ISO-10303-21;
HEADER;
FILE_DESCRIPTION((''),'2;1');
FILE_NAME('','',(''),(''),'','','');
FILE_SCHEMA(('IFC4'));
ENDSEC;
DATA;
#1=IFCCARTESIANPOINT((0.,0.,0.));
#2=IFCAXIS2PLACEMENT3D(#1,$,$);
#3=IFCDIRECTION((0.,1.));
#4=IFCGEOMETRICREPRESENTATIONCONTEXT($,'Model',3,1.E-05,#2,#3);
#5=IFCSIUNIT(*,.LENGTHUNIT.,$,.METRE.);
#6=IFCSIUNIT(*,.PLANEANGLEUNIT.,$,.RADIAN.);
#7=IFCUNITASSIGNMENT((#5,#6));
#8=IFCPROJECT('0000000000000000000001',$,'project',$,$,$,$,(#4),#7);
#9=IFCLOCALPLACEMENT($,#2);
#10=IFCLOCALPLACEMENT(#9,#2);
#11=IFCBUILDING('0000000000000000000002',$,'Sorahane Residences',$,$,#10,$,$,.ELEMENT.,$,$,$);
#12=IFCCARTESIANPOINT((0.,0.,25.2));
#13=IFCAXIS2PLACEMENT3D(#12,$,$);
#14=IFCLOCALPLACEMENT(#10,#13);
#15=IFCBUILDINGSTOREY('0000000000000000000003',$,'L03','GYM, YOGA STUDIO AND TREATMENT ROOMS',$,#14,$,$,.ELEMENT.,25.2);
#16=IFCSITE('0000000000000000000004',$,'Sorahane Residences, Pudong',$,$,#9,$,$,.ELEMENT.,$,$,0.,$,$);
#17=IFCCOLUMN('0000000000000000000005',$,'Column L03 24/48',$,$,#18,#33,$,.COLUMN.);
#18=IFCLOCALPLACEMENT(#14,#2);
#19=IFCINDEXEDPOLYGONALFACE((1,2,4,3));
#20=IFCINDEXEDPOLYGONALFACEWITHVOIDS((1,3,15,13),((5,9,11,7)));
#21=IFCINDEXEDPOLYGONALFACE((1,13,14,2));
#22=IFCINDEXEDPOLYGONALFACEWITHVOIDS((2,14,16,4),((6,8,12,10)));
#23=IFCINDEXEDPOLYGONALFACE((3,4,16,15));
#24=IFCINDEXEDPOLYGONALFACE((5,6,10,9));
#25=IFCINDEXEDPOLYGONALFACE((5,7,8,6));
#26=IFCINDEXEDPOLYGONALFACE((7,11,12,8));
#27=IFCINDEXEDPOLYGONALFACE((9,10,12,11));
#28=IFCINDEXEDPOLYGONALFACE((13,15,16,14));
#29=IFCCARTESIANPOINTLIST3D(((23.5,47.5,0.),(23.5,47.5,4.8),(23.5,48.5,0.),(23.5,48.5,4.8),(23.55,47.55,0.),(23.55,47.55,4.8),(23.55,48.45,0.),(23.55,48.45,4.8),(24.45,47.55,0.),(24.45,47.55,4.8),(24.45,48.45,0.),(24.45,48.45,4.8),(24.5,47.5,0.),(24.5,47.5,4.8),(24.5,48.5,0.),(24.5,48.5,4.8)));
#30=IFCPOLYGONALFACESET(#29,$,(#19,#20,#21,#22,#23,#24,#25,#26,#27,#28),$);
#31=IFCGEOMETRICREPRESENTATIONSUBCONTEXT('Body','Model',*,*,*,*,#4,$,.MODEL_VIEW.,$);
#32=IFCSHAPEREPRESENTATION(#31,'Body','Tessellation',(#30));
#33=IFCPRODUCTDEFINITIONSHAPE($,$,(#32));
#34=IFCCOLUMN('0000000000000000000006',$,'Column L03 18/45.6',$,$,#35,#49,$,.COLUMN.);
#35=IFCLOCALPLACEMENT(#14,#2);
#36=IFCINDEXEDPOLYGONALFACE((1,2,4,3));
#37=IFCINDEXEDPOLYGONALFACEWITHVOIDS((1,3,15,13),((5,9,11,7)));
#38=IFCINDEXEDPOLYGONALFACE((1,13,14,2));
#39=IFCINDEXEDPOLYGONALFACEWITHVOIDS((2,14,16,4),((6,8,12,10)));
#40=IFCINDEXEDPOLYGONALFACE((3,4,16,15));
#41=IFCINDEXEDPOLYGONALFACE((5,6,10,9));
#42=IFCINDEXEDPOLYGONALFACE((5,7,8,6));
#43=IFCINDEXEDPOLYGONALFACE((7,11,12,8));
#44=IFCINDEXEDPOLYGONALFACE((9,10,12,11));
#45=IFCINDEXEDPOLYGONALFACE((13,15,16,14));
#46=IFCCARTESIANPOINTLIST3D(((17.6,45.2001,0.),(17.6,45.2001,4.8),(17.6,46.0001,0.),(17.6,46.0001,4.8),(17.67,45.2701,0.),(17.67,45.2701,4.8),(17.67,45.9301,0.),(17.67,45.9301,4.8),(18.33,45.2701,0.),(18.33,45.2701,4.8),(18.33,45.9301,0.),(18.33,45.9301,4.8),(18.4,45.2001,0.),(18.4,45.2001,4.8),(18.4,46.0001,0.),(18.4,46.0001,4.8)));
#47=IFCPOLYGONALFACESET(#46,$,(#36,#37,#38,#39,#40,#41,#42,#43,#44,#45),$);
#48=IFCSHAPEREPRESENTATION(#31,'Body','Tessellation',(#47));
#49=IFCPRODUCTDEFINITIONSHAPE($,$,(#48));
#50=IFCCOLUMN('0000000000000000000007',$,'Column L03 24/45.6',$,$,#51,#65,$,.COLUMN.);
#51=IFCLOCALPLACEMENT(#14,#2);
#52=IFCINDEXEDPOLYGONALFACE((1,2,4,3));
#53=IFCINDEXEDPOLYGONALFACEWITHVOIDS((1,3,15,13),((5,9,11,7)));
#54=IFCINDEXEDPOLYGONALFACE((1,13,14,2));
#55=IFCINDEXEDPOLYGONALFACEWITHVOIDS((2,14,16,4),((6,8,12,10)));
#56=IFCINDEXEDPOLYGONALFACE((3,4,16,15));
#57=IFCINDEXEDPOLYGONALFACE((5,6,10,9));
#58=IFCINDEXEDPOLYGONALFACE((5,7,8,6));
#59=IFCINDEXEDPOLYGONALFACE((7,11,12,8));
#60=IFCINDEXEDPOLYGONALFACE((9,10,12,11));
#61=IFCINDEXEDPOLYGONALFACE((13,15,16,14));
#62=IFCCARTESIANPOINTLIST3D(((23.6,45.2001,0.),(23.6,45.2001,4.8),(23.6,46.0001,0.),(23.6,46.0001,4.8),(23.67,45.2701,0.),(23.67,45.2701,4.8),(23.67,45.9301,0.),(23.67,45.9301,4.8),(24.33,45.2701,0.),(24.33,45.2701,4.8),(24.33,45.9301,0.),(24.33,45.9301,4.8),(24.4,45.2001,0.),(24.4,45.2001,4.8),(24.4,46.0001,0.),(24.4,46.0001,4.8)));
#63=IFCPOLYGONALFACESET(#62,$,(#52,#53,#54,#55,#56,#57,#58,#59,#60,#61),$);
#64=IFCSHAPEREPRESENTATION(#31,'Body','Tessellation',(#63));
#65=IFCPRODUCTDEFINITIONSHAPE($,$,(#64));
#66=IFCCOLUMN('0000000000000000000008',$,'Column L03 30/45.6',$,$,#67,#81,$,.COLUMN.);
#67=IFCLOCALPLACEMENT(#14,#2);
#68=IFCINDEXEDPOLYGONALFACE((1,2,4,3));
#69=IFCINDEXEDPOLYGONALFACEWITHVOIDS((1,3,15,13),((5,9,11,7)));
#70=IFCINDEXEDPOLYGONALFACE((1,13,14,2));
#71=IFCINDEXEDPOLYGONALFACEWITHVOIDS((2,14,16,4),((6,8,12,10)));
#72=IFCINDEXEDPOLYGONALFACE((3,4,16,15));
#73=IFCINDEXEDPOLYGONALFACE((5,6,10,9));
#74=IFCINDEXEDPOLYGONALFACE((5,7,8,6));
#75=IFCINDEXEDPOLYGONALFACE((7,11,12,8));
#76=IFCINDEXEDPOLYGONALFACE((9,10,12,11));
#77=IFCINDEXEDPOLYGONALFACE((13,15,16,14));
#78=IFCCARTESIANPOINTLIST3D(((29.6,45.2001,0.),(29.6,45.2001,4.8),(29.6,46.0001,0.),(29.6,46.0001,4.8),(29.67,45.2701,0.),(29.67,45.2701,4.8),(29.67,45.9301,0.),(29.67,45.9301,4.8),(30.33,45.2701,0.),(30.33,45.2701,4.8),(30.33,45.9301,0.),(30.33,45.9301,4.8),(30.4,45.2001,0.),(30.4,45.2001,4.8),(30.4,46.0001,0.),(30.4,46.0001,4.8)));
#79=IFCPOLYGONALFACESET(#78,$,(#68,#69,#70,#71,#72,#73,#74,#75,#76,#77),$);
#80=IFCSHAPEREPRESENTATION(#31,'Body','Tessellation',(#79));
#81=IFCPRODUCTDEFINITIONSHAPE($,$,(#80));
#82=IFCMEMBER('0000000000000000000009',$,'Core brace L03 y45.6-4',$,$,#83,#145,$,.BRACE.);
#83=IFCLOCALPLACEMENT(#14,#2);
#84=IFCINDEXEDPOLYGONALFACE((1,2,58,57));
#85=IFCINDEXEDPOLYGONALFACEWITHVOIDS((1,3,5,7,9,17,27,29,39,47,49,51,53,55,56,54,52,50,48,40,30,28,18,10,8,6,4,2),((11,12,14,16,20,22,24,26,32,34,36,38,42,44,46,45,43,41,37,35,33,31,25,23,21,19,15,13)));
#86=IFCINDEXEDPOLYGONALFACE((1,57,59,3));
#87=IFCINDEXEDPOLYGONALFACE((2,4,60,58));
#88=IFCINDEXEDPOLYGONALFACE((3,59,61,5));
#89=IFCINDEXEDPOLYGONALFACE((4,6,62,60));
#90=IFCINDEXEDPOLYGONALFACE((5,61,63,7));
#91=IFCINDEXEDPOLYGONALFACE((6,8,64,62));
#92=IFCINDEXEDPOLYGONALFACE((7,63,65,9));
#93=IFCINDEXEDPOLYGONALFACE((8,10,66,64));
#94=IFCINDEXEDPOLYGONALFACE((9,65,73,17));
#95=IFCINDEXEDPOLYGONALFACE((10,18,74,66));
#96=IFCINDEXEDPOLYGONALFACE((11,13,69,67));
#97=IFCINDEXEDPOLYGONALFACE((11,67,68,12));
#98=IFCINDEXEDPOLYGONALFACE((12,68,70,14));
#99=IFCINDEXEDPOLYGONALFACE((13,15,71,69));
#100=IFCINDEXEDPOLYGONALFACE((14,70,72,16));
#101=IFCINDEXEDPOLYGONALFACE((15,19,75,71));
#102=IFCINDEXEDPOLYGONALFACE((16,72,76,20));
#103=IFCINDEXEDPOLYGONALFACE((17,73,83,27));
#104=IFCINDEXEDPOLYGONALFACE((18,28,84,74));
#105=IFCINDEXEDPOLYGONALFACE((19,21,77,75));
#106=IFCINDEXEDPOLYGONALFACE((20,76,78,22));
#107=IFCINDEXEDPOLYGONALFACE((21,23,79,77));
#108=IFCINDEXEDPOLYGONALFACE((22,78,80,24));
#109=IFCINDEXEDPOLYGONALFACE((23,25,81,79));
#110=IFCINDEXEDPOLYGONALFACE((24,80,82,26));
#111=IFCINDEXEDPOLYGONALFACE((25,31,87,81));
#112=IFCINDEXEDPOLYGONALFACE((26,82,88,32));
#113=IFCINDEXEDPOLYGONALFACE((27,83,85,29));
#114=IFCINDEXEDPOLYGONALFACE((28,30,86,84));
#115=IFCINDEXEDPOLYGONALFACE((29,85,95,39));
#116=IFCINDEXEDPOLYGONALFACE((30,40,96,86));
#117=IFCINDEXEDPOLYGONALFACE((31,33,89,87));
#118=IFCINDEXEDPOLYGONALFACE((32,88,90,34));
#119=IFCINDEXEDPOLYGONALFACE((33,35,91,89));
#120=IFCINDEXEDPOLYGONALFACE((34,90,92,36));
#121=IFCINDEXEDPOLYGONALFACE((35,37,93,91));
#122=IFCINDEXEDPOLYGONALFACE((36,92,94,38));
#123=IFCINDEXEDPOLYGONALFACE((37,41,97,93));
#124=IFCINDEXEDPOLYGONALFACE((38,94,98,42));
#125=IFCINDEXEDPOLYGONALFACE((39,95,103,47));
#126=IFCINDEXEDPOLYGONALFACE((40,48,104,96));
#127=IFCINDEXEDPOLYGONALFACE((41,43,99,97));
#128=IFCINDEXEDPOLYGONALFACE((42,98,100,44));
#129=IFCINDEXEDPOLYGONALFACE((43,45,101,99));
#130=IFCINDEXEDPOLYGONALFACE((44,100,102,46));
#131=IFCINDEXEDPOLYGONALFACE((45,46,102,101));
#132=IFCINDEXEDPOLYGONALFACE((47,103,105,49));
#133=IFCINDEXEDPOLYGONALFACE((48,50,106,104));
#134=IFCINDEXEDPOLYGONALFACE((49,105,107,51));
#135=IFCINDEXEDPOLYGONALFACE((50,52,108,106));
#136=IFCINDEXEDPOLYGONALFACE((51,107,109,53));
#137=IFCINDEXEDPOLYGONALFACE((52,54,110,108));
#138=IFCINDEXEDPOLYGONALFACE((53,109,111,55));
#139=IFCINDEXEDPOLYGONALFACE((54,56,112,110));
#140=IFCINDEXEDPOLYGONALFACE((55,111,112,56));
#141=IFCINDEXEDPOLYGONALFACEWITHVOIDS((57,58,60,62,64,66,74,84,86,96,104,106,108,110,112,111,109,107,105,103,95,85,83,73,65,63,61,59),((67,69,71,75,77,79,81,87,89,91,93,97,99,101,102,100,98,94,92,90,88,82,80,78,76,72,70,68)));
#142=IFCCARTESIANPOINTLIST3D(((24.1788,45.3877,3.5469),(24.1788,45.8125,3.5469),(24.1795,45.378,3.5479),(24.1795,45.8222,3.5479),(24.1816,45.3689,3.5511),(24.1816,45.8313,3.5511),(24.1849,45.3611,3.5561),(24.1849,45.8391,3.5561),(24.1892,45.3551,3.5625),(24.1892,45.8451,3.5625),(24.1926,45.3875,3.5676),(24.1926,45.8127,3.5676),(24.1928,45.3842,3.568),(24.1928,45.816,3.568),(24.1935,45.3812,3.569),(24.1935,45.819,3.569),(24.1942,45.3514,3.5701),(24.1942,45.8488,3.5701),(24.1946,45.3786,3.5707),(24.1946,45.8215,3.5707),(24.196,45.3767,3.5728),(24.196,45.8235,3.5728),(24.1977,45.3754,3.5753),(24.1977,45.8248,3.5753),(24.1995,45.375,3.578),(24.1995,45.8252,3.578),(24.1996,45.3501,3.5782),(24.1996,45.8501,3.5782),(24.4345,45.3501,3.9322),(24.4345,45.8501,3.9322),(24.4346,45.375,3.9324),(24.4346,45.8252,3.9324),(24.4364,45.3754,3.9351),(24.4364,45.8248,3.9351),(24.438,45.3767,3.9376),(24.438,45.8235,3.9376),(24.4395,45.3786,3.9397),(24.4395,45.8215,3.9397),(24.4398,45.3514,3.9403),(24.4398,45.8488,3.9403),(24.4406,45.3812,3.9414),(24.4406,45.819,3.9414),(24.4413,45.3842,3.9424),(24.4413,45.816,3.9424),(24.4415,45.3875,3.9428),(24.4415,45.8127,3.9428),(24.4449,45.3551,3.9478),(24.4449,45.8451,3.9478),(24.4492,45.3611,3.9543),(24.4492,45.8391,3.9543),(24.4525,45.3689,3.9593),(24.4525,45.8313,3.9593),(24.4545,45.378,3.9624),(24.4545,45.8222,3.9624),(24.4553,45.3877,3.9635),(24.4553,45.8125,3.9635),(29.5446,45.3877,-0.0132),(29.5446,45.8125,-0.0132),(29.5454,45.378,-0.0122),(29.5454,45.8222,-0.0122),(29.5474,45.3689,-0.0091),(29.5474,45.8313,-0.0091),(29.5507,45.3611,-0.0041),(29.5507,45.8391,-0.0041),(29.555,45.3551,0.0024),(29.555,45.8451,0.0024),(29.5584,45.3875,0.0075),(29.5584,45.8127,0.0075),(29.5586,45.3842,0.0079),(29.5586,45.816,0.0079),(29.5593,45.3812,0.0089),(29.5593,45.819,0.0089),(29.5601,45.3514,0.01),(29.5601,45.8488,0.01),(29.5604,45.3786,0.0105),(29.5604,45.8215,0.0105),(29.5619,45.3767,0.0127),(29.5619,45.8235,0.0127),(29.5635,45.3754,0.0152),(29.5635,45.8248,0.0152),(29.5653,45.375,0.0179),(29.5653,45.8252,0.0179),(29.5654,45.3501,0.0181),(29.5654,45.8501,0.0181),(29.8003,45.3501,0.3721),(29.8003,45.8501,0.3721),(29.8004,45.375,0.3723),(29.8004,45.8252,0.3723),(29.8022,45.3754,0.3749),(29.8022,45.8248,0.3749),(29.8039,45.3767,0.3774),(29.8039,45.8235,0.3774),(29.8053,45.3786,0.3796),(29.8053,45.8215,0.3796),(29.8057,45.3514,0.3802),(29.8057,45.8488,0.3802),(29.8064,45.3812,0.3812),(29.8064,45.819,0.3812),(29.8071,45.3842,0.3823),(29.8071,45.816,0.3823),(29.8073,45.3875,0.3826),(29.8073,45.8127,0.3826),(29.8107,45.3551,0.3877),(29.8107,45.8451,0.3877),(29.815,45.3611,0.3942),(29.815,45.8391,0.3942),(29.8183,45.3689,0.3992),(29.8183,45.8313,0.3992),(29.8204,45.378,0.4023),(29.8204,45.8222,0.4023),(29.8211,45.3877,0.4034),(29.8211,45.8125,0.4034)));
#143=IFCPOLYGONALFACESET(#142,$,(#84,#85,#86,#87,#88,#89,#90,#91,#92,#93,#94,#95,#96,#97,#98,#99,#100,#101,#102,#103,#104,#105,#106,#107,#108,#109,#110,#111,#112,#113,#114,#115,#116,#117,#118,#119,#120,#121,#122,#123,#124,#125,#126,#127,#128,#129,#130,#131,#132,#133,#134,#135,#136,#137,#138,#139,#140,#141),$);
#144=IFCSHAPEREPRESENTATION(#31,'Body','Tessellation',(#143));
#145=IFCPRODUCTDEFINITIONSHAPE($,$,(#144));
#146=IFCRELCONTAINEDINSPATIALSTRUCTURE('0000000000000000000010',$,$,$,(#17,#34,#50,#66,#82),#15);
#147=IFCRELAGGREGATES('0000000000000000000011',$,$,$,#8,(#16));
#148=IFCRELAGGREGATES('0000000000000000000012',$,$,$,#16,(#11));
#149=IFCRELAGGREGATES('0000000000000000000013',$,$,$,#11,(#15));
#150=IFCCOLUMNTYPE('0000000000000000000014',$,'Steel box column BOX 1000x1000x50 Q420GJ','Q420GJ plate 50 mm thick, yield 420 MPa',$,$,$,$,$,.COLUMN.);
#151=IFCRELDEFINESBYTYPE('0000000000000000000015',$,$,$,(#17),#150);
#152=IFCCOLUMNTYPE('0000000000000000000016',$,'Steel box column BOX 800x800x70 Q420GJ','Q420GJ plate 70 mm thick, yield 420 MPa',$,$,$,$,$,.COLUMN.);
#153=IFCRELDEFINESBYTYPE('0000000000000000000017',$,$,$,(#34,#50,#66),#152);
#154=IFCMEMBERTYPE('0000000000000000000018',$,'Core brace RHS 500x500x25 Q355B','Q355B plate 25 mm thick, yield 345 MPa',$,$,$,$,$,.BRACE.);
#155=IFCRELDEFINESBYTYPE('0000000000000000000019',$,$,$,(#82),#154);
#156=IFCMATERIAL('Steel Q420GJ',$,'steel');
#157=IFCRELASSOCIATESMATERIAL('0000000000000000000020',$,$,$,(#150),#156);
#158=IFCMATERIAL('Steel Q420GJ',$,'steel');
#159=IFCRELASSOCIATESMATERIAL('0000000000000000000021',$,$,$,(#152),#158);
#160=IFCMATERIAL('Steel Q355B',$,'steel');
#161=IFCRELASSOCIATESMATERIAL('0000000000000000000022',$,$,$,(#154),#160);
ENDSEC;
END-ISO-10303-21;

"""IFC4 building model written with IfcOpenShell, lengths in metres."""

from ifc_helpers import new_model, si_unit, direction, frame, origin, origin_2d, place, context, subcontext, project, spatial, hollow_rectangle, extrude, material, material_profile, profile_set, type_object, element, save


model = new_model("IFC4")

# Units and contexts
model_context = context("Model", 3, precision=1e-05, world=origin(), true_north=direction((0.0, 1.0)))
body_context = subcontext(model_context, "Body", "Model", "MODEL_VIEW")
ifc_project = project(units=[si_unit("LENGTHUNIT", "METRE"), si_unit("PLANEANGLEUNIT", "RADIAN")], contexts=[model_context])

# Site, building, storey
site_placement = place(None, origin())
site = spatial("IfcSite", under=ifc_project, at=site_placement, Name="Sorahane Residences, Pudong", CompositionType="ELEMENT", RefElevation=0.0)
building_placement = place(site_placement, origin())
building = spatial("IfcBuilding", under=site, at=building_placement, Name="Sorahane Residences", CompositionType="ELEMENT")
storey_placement = place(building_placement, frame((0.0, 0.0, 25.2)))
storey = spatial("IfcBuildingStorey", under=building, at=storey_placement, Name="L03", Description="GYM, YOGA STUDIO AND TREATMENT ROOMS", CompositionType="ELEMENT", Elevation=25.2)

# Columns
ifc_material_1 = material(Name="Steel Q420GJ", Category="steel")
ifc_material_profile_1 = material_profile(ifc_material_1, hollow_rectangle(XDim=1.0, YDim=1.0, WallThickness=0.05, at=origin_2d()), Name="BOX 1000x1000x50")
ifc_profile_set_1 = profile_set([ifc_material_profile_1], Name="Steel Q420GJ")
column_type_1 = type_object("IfcColumnType", Name="Steel box column BOX 1000x1000x50 Q420GJ", Description="Q420GJ plate 50 mm thick, yield 420 MPa", PredefinedType="COLUMN", material=ifc_profile_set_1)
column_placement = place(storey_placement, frame((24.0, 48.0, 0.0), z_axis=(0.0, 0.0, 1.0), x_axis=(1.0, 0.0, 0.0)))
element("IfcColumn", 1, at=column_placement, inside=storey, type_object=column_type_1, Name="Column L03 24/48", PredefinedType="COLUMN", context=body_context, shape_type="SweptSolid", body=[
    extrude(hollow_rectangle(XDim=1.0, YDim=1.0, WallThickness=0.05, at=origin_2d()), origin(), (0.0, 0.0, 1.0), 4.8),
])
ifc_material_2 = material(Name="Steel Q420GJ", Category="steel")
ifc_material_profile_2 = material_profile(ifc_material_2, hollow_rectangle(XDim=0.8, YDim=0.8, WallThickness=0.0701, at=origin_2d()), Name="BOX 800x800x70")
ifc_profile_set_2 = profile_set([ifc_material_profile_2], Name="Steel Q420GJ")
column_type_2 = type_object("IfcColumnType", Name="Steel box column BOX 800x800x70 Q420GJ", Description="Q420GJ plate 70 mm thick, yield 420 MPa", PredefinedType="COLUMN", material=ifc_profile_set_2)
for number, where, z_axis, x_axis, name in (
    (2, (18.0, 45.6001, 0.0), (0.0, 0.0, 1.0), (1.0, 0.0, 0.0), "Column L03 18/45.6"),
    (3, (24.0, 45.6001, 0.0), (0.0, 0.0, 1.0), (1.0, 0.0, 0.0), "Column L03 24/45.6"),
    (4, (30.0, 45.6001, 0.0), (0.0, 0.0, 1.0), (1.0, 0.0, 0.0), "Column L03 30/45.6"),
):
    element("IfcColumn", number, at=place(storey_placement, frame(where, z_axis=z_axis, x_axis=x_axis)), inside=storey, type_object=column_type_2, Name=name, PredefinedType="COLUMN", context=body_context, shape_type="SweptSolid", body=[
        extrude(hollow_rectangle(XDim=0.8, YDim=0.8, WallThickness=0.0701, at=origin_2d()), origin(), (0.0, 0.0, 1.0), 4.8),
    ])

# Member
ifc_material_3 = material(Name="Steel Q355B", Category="steel")
ifc_material_profile_3 = material_profile(ifc_material_3, hollow_rectangle(XDim=0.5, YDim=0.5, WallThickness=0.0249, InnerFilletRadius=0.0125, OuterFilletRadius=0.0376, at=origin_2d()), Name="RHS 500x500x25")
ifc_profile_set_3 = profile_set([ifc_material_profile_3], Name="Steel Q355B")
member_type_1 = type_object("IfcMemberType", Name="Core brace RHS 500x500x25 Q355B", Description="Q355B plate 25 mm thick, yield 345 MPa", PredefinedType="BRACE", material=ifc_profile_set_3)
member_1_placement = place(storey_placement, frame((29.6829, 45.6001, 0.1951), z_axis=(-0.833273, 0.0, 0.552861), x_axis=(0.0, -1.0, 0.0)))
element("IfcMember", 5, at=member_1_placement, inside=storey, type_object=member_type_1, Name="Core brace L03 y45.6-4", PredefinedType="BRACE", context=body_context, shape_type="SweptSolid", body=[
    extrude(hollow_rectangle(XDim=0.5, YDim=0.5, WallThickness=0.0249, InnerFilletRadius=0.0125, OuterFilletRadius=0.0376, at=origin_2d()), origin(), (0.0, 0.0, 1.0), 6.4395),
])

save(model, "model.ifc")
